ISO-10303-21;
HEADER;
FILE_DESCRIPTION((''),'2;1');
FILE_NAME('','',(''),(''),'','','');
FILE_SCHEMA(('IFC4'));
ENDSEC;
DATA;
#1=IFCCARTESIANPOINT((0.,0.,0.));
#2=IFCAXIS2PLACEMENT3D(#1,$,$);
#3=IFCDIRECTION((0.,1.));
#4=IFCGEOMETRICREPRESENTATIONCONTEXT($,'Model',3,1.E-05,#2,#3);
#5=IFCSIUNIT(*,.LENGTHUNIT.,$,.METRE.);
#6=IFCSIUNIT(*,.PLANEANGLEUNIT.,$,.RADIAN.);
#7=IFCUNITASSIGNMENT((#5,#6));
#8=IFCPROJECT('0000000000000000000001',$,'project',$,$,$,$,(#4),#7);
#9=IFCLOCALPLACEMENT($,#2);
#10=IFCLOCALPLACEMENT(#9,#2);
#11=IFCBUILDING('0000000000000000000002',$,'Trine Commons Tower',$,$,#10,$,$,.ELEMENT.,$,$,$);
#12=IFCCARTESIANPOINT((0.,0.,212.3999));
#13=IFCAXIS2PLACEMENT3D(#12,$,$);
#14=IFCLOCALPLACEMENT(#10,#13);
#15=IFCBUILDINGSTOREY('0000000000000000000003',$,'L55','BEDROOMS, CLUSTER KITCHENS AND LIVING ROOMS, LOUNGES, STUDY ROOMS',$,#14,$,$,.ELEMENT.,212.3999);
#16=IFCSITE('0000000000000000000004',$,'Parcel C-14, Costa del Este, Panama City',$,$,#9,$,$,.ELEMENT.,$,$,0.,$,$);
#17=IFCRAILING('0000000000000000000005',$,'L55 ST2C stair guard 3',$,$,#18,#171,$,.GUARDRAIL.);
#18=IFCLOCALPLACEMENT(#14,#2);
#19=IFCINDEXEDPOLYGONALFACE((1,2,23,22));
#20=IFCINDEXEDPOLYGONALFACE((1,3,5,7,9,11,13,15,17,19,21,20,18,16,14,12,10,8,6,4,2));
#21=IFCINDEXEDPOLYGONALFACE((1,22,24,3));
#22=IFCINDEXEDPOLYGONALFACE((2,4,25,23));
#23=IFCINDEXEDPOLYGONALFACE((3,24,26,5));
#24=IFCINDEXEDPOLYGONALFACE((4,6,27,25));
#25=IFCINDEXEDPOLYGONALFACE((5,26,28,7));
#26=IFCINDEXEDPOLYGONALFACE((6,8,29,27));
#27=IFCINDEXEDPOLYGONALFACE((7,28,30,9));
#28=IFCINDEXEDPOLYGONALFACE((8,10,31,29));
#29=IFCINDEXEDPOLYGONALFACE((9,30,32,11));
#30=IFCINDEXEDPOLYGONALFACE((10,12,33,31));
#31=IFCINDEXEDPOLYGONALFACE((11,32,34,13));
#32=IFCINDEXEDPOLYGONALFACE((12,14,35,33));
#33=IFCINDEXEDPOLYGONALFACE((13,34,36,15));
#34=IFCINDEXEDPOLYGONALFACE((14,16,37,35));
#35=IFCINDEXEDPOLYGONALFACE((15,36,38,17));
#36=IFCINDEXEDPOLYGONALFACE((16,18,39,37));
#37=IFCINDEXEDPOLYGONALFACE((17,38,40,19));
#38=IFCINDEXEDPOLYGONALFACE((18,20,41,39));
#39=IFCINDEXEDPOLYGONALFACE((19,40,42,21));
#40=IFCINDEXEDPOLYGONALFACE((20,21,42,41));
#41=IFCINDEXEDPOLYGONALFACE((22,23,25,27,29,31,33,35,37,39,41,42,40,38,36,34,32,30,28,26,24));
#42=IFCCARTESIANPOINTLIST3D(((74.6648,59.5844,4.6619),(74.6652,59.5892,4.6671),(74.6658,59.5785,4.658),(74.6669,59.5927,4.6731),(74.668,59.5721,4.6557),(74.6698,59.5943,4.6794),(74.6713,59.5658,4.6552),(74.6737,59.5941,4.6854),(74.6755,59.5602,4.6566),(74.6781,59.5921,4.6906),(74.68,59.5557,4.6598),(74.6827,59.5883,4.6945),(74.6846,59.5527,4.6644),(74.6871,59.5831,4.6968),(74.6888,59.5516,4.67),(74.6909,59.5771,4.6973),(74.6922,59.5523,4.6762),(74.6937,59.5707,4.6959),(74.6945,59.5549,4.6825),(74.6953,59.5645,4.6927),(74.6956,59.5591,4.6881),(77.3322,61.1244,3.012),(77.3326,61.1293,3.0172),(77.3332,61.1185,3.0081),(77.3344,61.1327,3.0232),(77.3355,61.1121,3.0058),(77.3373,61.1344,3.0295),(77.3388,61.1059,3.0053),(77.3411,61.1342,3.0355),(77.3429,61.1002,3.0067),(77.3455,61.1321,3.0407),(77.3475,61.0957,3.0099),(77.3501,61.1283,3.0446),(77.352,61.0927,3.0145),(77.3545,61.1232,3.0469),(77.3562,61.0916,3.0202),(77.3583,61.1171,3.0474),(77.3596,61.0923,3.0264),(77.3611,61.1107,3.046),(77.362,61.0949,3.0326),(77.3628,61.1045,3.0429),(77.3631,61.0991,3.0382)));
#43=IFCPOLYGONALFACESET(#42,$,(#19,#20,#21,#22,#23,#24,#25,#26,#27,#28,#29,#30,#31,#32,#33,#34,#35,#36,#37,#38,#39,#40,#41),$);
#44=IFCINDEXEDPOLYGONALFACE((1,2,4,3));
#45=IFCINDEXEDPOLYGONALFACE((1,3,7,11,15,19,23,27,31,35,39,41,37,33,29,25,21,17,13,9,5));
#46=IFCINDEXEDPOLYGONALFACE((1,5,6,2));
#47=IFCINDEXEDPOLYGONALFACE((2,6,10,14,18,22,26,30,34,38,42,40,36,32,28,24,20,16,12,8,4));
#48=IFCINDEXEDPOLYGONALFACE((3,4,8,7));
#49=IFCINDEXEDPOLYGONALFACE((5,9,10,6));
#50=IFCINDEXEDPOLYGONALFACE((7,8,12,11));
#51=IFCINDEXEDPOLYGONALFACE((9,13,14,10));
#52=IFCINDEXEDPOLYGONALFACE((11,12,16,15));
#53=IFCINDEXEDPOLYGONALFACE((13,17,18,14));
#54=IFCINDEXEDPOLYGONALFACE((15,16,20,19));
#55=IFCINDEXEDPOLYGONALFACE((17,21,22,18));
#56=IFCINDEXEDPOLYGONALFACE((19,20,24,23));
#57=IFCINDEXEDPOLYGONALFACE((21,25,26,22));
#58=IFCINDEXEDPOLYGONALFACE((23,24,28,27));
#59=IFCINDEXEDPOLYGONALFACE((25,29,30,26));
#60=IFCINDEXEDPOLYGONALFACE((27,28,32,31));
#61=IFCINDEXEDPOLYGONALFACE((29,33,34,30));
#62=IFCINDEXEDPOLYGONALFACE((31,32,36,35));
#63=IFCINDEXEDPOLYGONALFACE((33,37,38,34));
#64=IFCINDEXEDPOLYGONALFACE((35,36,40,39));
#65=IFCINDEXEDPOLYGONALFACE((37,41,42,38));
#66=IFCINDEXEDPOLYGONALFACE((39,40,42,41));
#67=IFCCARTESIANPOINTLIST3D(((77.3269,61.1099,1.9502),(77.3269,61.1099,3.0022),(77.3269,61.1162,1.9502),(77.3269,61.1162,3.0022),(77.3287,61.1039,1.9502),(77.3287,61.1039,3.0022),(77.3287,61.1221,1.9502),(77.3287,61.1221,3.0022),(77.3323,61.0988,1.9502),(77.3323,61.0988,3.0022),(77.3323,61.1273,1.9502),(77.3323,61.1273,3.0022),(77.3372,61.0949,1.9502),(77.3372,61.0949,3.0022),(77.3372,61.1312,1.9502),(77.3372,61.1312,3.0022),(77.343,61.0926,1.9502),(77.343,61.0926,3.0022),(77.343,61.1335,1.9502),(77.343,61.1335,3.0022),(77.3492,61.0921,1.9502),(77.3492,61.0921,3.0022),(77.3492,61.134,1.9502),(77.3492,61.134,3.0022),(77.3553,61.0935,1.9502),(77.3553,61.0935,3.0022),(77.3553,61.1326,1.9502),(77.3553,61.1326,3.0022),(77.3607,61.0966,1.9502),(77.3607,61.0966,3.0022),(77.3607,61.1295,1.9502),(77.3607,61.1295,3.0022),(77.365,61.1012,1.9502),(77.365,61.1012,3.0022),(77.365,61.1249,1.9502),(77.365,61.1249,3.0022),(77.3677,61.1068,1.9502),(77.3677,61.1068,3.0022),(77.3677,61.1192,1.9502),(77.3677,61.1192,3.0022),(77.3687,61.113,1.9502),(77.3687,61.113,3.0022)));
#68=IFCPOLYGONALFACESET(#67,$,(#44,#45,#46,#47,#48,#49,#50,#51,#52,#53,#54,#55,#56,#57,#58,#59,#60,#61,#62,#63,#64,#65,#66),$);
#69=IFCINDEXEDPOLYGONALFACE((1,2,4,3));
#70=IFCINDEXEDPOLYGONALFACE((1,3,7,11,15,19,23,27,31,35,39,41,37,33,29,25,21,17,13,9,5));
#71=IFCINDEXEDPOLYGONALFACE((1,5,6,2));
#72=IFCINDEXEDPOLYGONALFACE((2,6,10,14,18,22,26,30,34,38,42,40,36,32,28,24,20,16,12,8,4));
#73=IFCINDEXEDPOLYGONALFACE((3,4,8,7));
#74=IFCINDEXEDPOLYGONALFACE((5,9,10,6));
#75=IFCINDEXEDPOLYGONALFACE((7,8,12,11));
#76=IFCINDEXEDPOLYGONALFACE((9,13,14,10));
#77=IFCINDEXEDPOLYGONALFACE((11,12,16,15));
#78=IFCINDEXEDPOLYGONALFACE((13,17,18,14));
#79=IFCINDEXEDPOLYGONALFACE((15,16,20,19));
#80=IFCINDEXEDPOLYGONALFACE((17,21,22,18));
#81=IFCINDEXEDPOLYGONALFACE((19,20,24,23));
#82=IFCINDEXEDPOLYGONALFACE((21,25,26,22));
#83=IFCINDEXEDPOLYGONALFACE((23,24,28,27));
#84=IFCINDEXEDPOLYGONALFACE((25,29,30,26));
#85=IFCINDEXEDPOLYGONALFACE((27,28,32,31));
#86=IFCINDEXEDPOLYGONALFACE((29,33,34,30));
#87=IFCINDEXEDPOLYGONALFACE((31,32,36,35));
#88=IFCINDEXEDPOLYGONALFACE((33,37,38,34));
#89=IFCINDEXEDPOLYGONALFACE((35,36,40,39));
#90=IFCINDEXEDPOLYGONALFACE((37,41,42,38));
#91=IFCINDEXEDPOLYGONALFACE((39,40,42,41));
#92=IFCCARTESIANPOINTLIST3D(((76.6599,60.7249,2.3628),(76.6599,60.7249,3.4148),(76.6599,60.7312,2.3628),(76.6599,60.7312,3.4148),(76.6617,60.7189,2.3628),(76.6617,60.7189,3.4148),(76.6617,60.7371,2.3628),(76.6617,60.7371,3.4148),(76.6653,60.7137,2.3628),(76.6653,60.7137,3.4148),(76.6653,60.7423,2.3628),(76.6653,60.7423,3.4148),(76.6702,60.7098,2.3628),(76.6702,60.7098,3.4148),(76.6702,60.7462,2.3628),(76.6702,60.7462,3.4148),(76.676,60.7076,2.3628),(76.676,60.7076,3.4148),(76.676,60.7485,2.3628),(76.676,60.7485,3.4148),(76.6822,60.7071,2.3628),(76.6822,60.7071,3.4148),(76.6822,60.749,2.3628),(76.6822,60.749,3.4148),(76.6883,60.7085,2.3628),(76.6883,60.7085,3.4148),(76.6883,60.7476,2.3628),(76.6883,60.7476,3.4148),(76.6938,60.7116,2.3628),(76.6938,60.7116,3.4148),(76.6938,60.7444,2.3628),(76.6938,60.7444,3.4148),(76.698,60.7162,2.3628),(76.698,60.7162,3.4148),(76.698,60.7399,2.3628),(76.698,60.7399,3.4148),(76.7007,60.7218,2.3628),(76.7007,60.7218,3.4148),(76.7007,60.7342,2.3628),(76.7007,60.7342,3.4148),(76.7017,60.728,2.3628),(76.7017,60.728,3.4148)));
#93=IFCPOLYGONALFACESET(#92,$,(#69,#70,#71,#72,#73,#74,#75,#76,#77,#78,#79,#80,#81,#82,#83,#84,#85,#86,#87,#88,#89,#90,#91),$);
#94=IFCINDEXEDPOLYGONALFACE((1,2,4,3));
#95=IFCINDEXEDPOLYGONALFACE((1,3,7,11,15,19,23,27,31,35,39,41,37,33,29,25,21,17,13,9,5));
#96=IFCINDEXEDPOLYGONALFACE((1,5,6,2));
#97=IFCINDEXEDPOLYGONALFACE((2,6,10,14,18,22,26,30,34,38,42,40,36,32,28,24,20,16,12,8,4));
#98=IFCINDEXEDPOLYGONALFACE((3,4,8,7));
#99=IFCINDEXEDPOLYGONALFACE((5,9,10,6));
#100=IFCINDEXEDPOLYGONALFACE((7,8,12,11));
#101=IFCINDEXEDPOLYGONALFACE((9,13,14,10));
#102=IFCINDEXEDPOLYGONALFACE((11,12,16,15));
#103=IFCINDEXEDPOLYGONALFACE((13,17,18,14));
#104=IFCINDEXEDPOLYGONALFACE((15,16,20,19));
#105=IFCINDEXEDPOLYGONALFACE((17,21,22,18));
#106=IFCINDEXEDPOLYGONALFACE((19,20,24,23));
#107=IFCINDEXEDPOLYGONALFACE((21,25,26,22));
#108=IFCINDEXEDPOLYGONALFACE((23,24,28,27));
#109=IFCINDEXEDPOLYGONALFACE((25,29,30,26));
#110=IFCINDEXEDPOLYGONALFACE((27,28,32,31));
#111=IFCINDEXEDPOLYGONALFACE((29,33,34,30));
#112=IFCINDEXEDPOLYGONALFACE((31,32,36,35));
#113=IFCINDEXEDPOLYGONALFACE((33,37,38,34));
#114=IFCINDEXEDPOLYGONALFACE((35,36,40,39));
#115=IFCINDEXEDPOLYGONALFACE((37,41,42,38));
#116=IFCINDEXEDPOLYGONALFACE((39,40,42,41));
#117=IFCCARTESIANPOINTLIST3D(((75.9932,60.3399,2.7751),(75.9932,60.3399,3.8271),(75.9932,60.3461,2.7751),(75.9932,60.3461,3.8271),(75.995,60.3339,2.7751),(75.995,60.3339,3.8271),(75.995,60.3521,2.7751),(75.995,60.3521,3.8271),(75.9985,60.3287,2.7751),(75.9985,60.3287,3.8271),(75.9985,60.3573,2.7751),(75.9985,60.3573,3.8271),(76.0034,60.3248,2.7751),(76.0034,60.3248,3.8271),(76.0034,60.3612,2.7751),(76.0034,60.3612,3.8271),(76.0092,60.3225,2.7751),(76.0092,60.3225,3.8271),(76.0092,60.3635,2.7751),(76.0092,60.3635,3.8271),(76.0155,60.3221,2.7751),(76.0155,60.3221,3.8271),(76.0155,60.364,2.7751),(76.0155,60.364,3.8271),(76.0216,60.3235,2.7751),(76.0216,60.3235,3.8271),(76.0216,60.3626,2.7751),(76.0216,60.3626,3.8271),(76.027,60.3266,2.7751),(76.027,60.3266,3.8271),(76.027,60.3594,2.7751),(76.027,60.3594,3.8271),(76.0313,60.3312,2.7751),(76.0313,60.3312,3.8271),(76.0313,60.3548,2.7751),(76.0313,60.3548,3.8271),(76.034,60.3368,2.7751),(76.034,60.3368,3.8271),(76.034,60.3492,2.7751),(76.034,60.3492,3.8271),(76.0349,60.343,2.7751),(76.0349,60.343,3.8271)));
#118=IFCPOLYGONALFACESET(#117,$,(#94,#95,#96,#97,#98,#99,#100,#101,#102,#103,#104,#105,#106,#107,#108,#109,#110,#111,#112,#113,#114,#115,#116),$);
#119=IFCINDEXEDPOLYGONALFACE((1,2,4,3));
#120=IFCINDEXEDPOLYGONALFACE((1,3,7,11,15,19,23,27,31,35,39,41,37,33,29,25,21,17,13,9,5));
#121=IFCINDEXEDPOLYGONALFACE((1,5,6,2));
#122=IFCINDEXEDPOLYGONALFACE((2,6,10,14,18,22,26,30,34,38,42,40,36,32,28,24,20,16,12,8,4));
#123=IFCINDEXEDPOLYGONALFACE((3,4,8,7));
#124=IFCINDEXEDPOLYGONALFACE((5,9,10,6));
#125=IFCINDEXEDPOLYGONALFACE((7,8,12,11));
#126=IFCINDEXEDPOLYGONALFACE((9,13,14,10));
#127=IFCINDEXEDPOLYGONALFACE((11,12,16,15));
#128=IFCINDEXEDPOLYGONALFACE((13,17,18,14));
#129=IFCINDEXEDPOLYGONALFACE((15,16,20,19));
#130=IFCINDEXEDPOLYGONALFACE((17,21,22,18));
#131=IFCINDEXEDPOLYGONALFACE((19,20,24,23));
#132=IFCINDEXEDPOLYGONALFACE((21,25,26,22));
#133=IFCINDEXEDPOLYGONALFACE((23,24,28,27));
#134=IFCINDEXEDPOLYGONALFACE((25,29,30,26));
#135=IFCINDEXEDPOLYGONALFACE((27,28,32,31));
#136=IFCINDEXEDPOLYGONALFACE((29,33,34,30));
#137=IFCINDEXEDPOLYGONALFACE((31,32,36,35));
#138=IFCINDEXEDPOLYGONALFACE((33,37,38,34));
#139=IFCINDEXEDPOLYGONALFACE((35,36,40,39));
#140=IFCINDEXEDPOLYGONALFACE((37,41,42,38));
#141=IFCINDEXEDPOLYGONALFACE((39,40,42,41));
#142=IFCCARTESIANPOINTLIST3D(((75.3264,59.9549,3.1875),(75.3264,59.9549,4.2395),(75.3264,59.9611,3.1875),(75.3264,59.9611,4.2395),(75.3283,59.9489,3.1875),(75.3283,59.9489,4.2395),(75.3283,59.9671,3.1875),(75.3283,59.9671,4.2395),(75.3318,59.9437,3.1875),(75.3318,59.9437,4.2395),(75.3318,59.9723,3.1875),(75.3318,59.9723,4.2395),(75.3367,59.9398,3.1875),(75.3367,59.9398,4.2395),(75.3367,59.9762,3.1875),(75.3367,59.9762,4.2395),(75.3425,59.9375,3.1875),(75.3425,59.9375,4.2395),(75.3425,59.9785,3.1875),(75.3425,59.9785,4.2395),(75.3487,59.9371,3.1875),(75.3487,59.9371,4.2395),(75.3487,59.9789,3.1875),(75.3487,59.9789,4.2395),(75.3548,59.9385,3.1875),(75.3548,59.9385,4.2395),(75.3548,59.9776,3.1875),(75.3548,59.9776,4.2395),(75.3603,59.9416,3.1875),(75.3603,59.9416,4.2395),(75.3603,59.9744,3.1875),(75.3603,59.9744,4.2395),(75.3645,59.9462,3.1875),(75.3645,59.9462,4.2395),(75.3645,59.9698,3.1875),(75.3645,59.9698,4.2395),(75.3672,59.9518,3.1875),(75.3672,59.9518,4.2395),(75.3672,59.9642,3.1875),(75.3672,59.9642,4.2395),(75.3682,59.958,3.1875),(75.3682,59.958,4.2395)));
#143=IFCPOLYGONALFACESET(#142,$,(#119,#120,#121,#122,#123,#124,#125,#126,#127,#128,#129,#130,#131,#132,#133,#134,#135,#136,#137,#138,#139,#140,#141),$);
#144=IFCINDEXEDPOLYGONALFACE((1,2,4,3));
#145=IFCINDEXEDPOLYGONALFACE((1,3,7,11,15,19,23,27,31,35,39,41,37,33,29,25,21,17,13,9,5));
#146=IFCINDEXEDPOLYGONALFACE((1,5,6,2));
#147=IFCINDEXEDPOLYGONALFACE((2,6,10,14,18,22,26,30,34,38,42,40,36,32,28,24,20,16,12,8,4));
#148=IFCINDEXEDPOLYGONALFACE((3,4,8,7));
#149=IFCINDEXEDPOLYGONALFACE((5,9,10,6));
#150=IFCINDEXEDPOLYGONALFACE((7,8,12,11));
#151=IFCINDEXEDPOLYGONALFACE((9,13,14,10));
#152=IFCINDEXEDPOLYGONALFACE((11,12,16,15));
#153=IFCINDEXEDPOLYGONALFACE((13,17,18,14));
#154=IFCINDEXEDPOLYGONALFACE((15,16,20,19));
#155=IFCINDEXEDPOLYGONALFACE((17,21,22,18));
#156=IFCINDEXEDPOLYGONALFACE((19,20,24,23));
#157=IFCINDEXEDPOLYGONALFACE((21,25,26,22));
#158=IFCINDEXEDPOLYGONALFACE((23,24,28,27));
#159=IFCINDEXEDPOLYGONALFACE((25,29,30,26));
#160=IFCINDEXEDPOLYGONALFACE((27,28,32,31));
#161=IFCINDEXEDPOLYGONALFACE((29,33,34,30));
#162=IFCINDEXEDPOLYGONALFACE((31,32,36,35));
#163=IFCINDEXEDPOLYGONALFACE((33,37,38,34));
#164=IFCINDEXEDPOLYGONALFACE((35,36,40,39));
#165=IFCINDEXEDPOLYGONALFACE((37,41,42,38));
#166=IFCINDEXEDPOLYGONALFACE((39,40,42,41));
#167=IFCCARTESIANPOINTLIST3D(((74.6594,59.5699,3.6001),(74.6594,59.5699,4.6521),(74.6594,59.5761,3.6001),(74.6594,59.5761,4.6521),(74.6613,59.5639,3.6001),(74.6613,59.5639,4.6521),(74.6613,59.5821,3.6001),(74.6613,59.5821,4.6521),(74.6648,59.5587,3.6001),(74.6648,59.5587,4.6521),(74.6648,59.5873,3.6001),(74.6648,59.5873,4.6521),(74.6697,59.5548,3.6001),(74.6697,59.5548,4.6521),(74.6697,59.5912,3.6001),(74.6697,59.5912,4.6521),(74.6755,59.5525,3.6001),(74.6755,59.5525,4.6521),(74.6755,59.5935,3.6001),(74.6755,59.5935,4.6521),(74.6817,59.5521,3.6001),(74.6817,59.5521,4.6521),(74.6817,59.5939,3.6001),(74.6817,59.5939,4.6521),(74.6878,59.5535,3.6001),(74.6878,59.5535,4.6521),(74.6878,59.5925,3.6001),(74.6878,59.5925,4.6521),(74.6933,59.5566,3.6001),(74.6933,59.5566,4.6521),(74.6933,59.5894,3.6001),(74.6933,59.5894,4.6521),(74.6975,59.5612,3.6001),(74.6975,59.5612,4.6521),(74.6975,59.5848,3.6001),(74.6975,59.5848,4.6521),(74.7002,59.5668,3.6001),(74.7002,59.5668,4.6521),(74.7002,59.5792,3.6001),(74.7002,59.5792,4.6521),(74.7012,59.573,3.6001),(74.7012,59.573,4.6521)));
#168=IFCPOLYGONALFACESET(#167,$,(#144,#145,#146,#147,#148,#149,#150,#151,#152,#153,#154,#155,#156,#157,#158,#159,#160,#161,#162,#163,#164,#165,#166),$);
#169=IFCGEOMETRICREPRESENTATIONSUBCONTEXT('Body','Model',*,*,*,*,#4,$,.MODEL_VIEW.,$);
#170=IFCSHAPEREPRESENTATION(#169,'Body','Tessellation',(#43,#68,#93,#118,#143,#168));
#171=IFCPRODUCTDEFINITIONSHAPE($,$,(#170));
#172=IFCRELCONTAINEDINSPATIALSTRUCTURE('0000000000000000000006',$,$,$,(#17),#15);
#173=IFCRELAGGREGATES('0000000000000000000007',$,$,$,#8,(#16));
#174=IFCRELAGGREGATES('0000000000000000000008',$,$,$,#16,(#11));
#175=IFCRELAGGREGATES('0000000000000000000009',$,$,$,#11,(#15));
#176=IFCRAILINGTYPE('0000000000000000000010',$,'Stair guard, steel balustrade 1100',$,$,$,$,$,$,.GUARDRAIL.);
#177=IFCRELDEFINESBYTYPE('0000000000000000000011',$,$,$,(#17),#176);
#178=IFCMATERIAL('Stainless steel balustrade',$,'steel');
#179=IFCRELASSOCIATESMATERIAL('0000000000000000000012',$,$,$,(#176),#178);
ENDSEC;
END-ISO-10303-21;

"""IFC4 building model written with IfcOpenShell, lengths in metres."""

from ifc_helpers import new_model, si_unit, direction, frame, origin, origin_2d, place, context, subcontext, project, spatial, circle, extrude, material, type_object, element, save


model = new_model("IFC4")

# Units and contexts
model_context = context("Model", 3, precision=1e-05, world=origin(), true_north=direction((0.0, 1.0)))
body_context = subcontext(model_context, "Body", "Model", "MODEL_VIEW")
ifc_project = project(units=[si_unit("LENGTHUNIT", "METRE"), si_unit("PLANEANGLEUNIT", "RADIAN")], contexts=[model_context])

# Site, building, storey
site_placement = place(None, origin())
site = spatial("IfcSite", under=ifc_project, at=site_placement, Name="Parcel C-14, Costa del Este, Panama City", CompositionType="ELEMENT", RefElevation=0.0)
building_placement = place(site_placement, origin())
building = spatial("IfcBuilding", under=site, at=building_placement, Name="Trine Commons Tower", CompositionType="ELEMENT")
storey_placement = place(building_placement, frame((0.0, 0.0, 212.3999)))
storey = spatial("IfcBuildingStorey", under=building, at=storey_placement, Name="L55", Description="BEDROOMS, CLUSTER KITCHENS AND LIVING ROOMS, LOUNGES, STUDY ROOMS", CompositionType="ELEMENT", Elevation=212.3999)

# Railing
ifc_material_1 = material(Name="Stainless steel balustrade", Category="steel")
railing_type_1 = type_object("IfcRailingType", Name="Stair guard, steel balustrade 1100", PredefinedType="GUARDRAIL", material=ifc_material_1)
railing_1_placement = place(storey_placement, frame((77.3477, 61.113, 1.9502)))
element("IfcRailing", 1, at=railing_1_placement, inside=storey, type_object=railing_type_1, Name="L55 ST2C stair guard 3", PredefinedType="GUARDRAIL", context=body_context, shape_type="SweptSolid", body=[
    extrude(circle(Radius=0.0239, at=origin_2d()), frame((0.0, 0.0, 1.0762), z_axis=(-0.763405, -0.440743, 0.472185), x_axis=(0.499992, -0.86603, 0.0)), (0.0, 0.0, 1.0), 3.4941),
    extrude(circle(Radius=0.021, at=origin_2d()), origin(), (0.0, 0.0, 1.0), 1.052),
    extrude(circle(Radius=0.021, at=origin_2d()), frame((-0.667, -0.385, 0.4126)), (0.0, 0.0, 1.0), 1.052),
    extrude(circle(Radius=0.021, at=origin_2d()), frame((-1.3337, -0.77, 0.825)), (0.0, 0.0, 1.0), 1.052),
    extrude(circle(Radius=0.021, at=origin_2d()), frame((-2.0005, -1.155, 1.2373)), (0.0, 0.0, 1.0), 1.052),
    extrude(circle(Radius=0.021, at=origin_2d()), frame((-2.6675, -1.54, 1.6499)), (0.0, 0.0, 1.0), 1.052),
])

save(model, "model.ifc")
